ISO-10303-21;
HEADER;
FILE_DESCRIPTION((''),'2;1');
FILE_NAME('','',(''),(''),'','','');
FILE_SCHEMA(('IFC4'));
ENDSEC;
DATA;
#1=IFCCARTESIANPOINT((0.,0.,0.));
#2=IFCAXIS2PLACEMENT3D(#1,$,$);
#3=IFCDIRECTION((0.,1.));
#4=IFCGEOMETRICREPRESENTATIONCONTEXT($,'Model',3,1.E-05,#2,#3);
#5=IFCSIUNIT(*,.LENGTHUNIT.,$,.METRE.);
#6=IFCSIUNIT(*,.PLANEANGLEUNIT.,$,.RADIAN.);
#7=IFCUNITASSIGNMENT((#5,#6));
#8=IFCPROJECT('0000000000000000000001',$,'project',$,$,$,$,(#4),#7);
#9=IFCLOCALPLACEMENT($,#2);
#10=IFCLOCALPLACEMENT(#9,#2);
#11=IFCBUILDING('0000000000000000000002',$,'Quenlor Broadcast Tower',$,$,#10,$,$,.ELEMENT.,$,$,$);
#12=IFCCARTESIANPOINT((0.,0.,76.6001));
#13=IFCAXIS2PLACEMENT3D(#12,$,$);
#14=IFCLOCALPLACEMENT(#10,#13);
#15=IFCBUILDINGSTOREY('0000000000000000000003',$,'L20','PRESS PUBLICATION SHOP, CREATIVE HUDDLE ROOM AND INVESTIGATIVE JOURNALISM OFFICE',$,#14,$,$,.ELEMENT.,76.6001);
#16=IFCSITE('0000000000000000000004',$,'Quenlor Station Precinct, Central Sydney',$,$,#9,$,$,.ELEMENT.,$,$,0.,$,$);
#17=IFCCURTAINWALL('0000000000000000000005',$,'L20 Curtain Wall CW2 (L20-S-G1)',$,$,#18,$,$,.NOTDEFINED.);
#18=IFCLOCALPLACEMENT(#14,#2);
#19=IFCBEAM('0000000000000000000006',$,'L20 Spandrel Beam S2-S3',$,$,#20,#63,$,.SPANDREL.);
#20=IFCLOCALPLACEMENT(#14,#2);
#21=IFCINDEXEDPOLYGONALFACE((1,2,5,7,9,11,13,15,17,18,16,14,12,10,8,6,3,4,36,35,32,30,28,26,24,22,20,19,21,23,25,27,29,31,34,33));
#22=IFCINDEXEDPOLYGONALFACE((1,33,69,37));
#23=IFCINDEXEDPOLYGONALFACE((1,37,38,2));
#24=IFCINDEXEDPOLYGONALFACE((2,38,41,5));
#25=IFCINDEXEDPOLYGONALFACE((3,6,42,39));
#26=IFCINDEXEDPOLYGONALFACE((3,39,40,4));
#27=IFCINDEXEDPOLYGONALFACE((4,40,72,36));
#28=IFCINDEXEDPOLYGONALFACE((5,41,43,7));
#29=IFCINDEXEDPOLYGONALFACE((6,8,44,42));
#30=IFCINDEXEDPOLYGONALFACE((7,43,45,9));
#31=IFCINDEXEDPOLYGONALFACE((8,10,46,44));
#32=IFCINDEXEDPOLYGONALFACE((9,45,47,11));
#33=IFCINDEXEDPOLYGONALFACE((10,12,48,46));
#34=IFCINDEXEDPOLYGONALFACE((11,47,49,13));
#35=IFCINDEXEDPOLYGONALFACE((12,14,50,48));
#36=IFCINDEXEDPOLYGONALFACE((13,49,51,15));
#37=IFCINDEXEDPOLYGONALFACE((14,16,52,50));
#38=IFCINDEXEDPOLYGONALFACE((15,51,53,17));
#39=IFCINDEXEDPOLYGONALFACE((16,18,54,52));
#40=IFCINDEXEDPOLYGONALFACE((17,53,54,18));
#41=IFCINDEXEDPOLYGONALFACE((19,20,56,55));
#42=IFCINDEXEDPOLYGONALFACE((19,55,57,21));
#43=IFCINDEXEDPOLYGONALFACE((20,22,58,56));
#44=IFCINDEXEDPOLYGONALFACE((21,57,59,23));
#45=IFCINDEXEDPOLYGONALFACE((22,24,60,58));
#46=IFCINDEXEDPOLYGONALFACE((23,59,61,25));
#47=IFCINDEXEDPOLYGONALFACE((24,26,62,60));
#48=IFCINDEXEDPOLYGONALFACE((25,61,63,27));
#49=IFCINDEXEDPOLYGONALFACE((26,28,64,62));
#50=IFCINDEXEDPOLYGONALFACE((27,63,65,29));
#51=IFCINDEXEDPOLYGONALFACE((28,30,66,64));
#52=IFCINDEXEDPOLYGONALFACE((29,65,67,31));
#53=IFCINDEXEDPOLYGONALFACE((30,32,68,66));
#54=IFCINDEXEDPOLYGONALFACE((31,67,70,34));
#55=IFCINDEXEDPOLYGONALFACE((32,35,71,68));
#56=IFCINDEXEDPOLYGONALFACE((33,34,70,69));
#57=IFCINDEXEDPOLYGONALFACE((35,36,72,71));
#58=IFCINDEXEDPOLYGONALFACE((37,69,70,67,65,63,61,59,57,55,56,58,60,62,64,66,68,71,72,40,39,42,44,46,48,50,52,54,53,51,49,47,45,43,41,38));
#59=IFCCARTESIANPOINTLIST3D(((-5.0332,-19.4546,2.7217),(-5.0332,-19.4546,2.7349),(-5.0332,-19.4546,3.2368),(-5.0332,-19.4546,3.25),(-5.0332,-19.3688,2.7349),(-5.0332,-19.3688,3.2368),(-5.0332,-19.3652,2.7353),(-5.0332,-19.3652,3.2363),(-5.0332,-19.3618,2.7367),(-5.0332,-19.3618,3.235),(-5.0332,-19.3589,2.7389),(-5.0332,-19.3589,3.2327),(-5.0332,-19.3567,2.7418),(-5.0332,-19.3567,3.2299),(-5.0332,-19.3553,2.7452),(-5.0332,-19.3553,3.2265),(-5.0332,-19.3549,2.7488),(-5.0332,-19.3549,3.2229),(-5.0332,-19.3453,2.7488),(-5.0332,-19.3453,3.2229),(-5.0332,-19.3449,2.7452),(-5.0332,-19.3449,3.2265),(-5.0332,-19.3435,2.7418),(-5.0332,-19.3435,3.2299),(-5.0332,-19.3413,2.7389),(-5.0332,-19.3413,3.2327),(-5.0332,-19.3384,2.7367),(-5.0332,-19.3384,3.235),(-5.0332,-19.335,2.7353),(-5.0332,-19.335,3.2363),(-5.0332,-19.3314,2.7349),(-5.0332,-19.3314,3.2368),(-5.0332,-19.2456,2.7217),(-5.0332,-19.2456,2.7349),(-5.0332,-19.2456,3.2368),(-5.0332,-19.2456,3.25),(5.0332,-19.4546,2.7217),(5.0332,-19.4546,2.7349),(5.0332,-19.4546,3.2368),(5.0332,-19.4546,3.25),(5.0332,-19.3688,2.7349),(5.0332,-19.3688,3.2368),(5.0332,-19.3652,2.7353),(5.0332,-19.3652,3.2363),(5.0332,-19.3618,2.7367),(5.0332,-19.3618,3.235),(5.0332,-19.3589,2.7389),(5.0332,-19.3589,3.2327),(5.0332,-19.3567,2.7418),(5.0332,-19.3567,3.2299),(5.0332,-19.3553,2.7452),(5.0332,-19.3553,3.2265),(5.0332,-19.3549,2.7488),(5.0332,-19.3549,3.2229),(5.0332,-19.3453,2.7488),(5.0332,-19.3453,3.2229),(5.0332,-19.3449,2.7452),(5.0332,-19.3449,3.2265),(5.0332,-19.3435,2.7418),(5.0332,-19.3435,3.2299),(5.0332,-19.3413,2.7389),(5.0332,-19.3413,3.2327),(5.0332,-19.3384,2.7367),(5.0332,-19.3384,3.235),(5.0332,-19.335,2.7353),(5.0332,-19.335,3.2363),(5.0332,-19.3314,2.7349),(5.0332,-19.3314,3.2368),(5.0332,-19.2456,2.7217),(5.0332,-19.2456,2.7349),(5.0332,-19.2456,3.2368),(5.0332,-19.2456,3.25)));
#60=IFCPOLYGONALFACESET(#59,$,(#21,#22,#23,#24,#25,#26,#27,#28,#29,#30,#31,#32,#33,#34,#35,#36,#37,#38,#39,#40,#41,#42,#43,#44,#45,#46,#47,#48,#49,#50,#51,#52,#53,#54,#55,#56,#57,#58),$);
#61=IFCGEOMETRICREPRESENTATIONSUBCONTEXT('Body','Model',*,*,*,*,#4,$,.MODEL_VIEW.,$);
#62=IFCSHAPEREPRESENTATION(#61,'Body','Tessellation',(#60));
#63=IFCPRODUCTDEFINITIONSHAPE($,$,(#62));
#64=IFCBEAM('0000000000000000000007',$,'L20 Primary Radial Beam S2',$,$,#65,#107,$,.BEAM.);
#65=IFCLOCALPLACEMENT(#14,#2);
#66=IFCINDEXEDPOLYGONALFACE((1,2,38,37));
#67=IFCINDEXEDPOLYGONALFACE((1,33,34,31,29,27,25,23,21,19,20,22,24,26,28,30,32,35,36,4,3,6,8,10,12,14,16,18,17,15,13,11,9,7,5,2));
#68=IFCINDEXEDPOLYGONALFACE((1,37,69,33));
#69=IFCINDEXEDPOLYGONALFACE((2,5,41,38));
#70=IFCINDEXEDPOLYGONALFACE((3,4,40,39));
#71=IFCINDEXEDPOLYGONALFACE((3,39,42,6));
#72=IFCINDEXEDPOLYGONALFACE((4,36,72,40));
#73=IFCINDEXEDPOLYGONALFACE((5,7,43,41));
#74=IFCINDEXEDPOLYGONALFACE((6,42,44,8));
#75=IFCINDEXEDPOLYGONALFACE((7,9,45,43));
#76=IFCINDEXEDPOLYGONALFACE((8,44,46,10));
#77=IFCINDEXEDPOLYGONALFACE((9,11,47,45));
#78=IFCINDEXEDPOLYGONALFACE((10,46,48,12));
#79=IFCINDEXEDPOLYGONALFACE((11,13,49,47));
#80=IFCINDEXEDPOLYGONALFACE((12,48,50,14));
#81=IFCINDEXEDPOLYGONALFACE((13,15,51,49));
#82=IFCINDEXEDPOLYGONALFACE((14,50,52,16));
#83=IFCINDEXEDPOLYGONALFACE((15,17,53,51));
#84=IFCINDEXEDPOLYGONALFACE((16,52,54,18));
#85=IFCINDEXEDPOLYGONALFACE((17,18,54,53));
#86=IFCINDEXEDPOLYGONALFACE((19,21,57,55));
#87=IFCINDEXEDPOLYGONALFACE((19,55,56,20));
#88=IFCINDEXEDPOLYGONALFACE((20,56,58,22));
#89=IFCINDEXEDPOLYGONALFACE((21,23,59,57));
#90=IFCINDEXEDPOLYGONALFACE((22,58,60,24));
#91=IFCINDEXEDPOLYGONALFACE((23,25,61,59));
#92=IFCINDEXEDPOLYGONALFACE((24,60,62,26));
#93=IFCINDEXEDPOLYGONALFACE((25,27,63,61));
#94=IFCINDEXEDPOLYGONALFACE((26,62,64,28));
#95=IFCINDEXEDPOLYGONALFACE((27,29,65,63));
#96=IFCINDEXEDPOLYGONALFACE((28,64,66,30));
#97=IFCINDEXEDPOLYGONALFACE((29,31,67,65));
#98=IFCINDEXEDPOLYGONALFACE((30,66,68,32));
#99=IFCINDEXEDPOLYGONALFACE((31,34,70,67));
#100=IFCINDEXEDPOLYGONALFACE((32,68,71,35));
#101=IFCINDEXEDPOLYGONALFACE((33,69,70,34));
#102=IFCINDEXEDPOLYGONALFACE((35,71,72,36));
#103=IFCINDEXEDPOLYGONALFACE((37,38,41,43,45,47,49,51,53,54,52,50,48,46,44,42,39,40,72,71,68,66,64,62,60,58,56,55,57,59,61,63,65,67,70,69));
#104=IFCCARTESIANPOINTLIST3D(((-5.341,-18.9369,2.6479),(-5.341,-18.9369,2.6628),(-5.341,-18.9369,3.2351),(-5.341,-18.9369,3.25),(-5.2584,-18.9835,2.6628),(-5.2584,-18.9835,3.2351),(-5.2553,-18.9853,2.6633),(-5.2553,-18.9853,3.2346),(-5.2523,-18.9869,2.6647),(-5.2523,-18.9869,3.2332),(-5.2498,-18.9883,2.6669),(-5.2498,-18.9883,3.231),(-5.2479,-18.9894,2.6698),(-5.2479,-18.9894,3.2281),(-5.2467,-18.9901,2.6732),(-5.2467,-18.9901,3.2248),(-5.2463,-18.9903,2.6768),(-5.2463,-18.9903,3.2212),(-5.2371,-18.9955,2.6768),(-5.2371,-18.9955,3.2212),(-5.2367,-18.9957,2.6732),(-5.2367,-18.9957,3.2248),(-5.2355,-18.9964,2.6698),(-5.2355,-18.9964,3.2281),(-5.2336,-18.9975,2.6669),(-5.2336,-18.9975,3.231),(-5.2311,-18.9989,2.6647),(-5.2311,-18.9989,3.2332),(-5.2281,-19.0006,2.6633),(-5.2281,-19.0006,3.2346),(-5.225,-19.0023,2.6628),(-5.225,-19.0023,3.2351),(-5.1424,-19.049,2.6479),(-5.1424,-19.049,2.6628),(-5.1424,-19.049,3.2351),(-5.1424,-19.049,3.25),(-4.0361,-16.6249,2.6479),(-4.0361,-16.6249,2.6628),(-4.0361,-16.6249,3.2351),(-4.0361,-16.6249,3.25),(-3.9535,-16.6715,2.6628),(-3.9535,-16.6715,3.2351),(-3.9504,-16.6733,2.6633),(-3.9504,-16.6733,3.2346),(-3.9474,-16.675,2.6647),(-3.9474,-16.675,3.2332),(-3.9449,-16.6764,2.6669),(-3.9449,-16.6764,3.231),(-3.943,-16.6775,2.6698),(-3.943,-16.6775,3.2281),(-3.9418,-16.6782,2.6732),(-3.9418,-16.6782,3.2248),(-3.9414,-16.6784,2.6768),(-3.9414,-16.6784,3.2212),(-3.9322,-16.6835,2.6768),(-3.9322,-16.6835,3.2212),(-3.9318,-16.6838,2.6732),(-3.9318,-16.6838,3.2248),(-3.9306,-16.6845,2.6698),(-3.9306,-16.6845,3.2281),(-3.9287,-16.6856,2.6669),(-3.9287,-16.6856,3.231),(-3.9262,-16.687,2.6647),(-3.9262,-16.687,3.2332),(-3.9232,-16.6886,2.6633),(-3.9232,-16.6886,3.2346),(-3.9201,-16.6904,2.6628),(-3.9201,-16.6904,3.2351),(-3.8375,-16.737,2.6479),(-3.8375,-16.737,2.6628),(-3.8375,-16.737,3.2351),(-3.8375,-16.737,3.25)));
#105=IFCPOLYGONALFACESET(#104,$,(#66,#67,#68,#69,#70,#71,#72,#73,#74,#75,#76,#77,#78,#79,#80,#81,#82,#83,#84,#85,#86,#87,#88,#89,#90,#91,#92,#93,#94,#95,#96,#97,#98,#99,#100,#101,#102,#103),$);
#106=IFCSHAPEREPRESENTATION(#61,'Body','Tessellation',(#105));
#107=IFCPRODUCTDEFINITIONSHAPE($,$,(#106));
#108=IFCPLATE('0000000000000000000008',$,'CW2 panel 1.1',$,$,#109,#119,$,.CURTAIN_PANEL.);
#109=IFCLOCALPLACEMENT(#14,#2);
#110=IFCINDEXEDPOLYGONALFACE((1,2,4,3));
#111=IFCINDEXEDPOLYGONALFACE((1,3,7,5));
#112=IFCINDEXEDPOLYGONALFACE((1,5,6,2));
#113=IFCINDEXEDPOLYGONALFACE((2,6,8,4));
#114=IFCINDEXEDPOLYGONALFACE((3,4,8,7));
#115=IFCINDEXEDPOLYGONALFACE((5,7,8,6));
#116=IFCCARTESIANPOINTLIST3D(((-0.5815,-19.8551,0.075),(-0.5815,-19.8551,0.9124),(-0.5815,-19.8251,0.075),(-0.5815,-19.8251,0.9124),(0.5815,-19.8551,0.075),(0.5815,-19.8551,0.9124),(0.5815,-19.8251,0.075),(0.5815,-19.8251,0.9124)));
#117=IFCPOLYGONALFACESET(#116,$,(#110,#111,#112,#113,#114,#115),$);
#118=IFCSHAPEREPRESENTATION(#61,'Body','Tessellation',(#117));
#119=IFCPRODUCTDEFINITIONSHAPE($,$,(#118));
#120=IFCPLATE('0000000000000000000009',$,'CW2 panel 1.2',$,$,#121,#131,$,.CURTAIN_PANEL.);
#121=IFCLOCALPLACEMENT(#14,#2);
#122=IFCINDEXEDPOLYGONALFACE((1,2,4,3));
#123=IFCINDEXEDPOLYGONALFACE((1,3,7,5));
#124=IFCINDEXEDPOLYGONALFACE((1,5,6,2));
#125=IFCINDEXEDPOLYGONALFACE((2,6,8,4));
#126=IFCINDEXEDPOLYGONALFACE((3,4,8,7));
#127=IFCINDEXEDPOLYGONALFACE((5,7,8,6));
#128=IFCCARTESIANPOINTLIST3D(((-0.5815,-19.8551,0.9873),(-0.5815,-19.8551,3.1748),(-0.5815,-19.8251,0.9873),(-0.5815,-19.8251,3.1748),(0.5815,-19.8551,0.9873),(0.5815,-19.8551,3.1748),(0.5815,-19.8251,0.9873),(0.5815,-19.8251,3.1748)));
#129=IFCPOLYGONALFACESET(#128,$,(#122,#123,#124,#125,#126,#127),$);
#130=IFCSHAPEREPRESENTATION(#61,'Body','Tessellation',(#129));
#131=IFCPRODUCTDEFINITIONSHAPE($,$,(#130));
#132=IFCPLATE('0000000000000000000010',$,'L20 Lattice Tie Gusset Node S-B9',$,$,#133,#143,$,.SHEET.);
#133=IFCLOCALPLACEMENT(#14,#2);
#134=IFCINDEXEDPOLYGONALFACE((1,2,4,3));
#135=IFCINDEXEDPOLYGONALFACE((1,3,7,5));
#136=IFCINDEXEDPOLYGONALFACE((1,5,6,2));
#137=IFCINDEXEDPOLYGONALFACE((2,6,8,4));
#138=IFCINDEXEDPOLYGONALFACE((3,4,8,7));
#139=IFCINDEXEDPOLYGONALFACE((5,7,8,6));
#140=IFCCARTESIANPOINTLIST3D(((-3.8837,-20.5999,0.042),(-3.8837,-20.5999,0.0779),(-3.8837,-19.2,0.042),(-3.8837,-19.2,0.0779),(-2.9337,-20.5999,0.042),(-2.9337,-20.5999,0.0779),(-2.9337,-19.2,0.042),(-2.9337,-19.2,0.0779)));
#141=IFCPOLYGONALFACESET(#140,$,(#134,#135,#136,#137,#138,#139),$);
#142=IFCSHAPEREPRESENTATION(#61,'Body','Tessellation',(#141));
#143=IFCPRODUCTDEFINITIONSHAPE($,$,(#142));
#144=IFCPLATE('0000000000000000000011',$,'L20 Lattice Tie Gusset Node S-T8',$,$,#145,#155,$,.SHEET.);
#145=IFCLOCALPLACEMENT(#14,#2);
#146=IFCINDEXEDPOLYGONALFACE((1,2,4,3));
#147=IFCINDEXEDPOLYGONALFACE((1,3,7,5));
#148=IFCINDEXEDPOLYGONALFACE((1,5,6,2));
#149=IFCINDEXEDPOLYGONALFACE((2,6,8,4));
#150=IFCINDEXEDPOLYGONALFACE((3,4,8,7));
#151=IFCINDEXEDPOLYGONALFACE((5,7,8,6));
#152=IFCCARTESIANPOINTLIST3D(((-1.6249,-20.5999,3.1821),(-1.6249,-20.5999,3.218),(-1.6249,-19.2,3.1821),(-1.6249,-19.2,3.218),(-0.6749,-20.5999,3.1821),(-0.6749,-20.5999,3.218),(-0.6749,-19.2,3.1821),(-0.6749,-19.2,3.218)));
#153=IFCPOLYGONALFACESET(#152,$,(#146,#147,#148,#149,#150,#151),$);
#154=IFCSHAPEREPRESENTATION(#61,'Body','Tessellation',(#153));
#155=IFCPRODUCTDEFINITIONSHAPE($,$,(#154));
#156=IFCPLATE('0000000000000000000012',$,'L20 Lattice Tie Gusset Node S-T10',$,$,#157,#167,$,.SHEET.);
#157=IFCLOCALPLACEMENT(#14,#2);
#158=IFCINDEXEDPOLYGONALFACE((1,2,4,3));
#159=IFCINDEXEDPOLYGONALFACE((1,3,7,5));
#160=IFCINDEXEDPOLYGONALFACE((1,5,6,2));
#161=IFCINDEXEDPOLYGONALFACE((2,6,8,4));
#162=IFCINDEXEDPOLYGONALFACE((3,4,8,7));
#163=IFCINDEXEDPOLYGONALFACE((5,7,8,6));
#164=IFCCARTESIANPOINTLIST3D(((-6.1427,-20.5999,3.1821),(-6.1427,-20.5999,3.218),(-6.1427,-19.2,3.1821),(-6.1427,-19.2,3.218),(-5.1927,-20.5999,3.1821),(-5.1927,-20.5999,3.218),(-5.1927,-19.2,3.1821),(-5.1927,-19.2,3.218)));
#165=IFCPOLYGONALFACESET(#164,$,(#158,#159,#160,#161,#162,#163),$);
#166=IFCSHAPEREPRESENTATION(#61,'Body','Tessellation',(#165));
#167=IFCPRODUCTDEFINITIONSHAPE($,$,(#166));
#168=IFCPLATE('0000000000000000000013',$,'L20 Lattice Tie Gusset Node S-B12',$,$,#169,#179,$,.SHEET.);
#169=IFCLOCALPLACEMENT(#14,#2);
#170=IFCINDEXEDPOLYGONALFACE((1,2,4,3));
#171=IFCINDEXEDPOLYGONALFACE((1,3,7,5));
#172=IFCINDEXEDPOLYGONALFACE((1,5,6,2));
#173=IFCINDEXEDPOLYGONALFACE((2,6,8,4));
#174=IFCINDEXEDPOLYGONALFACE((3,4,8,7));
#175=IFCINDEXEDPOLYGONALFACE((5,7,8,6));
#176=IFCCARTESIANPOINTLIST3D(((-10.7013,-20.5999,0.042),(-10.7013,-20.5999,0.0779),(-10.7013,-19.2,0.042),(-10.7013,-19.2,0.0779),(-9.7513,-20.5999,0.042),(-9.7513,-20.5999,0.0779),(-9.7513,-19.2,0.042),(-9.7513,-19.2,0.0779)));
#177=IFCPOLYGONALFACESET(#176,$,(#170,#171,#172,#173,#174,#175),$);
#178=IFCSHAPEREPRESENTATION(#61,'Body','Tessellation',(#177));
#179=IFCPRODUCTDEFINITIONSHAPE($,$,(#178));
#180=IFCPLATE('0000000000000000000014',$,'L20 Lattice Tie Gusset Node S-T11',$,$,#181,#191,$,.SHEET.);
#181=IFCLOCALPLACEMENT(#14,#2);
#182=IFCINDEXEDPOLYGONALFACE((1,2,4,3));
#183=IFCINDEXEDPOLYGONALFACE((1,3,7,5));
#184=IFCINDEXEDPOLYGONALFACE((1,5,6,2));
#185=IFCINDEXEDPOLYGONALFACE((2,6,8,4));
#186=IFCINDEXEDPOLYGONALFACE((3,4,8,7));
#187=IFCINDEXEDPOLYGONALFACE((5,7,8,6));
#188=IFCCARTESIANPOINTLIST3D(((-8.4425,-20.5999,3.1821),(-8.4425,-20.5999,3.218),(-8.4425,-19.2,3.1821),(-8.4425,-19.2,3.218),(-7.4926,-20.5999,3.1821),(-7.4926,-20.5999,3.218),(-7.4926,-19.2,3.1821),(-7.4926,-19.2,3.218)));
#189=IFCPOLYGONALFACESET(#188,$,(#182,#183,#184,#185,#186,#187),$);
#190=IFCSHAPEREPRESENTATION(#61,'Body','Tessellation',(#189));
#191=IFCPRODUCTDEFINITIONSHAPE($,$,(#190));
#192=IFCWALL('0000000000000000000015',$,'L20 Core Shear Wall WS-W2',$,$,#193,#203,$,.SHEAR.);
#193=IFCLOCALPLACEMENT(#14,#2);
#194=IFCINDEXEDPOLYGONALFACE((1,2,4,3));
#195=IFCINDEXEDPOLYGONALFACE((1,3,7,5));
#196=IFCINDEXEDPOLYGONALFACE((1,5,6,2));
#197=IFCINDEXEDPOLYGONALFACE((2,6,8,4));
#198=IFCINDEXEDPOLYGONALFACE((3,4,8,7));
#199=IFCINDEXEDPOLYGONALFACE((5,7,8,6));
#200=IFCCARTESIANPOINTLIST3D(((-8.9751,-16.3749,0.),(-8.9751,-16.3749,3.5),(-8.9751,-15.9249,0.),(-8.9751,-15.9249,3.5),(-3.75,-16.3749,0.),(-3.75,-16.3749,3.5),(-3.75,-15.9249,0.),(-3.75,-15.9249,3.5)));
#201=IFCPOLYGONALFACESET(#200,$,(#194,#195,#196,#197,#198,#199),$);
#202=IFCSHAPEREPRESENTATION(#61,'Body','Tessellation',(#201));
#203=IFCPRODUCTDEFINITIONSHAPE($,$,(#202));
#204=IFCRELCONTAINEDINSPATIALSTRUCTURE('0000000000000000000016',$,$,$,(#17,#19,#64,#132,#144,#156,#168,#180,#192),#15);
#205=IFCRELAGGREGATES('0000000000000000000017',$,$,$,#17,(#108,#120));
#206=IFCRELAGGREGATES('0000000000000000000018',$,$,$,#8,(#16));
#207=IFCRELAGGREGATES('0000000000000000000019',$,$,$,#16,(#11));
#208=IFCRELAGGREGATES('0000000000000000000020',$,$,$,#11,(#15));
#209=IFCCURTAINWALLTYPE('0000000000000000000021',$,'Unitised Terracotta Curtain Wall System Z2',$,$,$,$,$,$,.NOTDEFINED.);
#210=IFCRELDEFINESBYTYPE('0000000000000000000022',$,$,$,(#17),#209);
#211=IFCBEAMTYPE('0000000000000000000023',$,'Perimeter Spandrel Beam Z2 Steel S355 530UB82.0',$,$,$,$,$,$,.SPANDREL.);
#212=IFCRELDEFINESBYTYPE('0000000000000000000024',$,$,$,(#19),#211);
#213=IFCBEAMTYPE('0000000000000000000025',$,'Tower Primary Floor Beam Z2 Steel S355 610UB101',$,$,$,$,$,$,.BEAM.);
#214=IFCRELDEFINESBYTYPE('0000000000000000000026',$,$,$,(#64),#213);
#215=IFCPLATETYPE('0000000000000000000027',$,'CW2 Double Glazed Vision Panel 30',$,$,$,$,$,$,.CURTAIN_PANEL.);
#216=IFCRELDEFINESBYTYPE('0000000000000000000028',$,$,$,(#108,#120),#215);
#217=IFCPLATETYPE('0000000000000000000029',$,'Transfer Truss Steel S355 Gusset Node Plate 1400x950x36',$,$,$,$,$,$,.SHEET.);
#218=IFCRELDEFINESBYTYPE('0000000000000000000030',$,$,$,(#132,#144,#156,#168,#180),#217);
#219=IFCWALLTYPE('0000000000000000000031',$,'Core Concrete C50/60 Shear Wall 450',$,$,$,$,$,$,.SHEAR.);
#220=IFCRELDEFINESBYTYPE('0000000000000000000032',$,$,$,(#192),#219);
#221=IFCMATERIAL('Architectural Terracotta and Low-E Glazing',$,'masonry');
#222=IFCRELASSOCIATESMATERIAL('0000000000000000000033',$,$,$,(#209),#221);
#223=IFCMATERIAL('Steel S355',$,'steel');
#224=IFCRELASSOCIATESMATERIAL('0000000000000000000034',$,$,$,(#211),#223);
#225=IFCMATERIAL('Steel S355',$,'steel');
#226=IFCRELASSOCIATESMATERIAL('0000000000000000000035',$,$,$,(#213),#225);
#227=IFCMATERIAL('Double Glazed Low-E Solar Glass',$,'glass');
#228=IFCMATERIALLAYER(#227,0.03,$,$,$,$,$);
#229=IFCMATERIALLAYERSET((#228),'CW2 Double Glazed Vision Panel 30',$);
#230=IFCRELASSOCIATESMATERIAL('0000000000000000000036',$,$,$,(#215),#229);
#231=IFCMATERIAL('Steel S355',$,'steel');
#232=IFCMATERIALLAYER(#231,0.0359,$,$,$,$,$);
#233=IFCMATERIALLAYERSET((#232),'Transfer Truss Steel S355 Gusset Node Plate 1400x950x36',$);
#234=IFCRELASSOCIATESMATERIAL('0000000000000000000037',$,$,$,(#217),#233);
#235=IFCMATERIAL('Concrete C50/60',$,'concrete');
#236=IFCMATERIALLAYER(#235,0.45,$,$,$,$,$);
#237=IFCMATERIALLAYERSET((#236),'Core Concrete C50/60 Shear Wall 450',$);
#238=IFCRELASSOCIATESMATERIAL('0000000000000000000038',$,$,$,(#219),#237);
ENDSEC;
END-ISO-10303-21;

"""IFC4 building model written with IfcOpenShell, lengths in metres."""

from ifc_helpers import new_model, si_unit, direction, frame, frame_2d, origin, origin_2d, place, context, subcontext, project, spatial, rectangle, i_section, extrude, material, layer, layer_set, material_profile, profile_set, type_object, element, aggregate, save


model = new_model("IFC4")

# Units and contexts
model_context = context("Model", 3, precision=1e-05, world=origin(), true_north=direction((0.0, 1.0)))
body_context = subcontext(model_context, "Body", "Model", "MODEL_VIEW")
ifc_project = project(units=[si_unit("LENGTHUNIT", "METRE"), si_unit("PLANEANGLEUNIT", "RADIAN")], contexts=[model_context])

# Site, building, storey
site_placement = place(None, origin())
site = spatial("IfcSite", under=ifc_project, at=site_placement, Name="Quenlor Station Precinct, Central Sydney", CompositionType="ELEMENT", RefElevation=0.0)
building_placement = place(site_placement, origin())
building = spatial("IfcBuilding", under=site, at=building_placement, Name="Quenlor Broadcast Tower", CompositionType="ELEMENT")
storey_placement = place(building_placement, frame((0.0, 0.0, 76.6001)))
storey = spatial("IfcBuildingStorey", under=building, at=storey_placement, Name="L20", Description="PRESS PUBLICATION SHOP, CREATIVE HUDDLE ROOM AND INVESTIGATIVE JOURNALISM OFFICE", CompositionType="ELEMENT", Elevation=76.6001)

# Curtain wall
ifc_material_1 = material(Name="Architectural Terracotta and Low-E Glazing", Category="masonry")
curtain_wall_type = type_object("IfcCurtainWallType", Name="Unitised Terracotta Curtain Wall System Z2", PredefinedType="NOTDEFINED", material=ifc_material_1)
curtain_wall_placement = place(storey_placement, origin())
curtain_wall = element("IfcCurtainWall", 1, at=curtain_wall_placement, inside=storey, type_object=curtain_wall_type, Name="L20 Curtain Wall CW2 (L20-S-G1)", PredefinedType="NOTDEFINED")

# Beams
ifc_material_2 = material(Name="Steel S355", Category="steel")
ifc_material_profile_1 = material_profile(ifc_material_2, i_section(OverallWidth=0.209, OverallDepth=0.5283, WebThickness=0.0095, FlangeThickness=0.0132, FilletRadius=0.0139, at=origin_2d()))
ifc_profile_set_1 = profile_set([ifc_material_profile_1], Name="Steel S355 530UB82.0")
beam_type_1 = type_object("IfcBeamType", Name="Perimeter Spandrel Beam Z2 Steel S355 530UB82.0", PredefinedType="SPANDREL", material=ifc_profile_set_1)
beam_1_placement = place(storey_placement, frame((-5.0332, -19.3501, 2.9858), z_axis=(1.0, 0.0, 0.0), x_axis=(0.0, 1.0, 0.0)))
element("IfcBeam", 2, at=beam_1_placement, inside=storey, type_object=beam_type_1, Name="L20 Spandrel Beam S2-S3", PredefinedType="SPANDREL", context=body_context, shape_type="SweptSolid", body=[
    extrude(i_section(OverallWidth=0.209, OverallDepth=0.5283, WebThickness=0.0095, FlangeThickness=0.0132, FilletRadius=0.0139, at=origin_2d()), origin(), (0.0, 0.0, 1.0), 10.0664),
])
ifc_material_3 = material(Name="Steel S355", Category="steel")
ifc_material_profile_2 = material_profile(ifc_material_3, i_section(OverallWidth=0.228, OverallDepth=0.6021, WebThickness=0.0105, FlangeThickness=0.0149, FilletRadius=0.0139, at=origin_2d()))
ifc_profile_set_2 = profile_set([ifc_material_profile_2], Name="Steel S355 610UB101")
beam_type_2 = type_object("IfcBeamType", Name="Tower Primary Floor Beam Z2 Steel S355 610UB101", PredefinedType="BEAM", material=ifc_profile_set_2)
beam_2_placement = place(storey_placement, frame((-5.2417, -18.9929, 2.949), z_axis=(0.491527, 0.870862, 0.0), x_axis=(-0.870862, 0.491527, 0.0)))
element("IfcBeam", 3, at=beam_2_placement, inside=storey, type_object=beam_type_2, Name="L20 Primary Radial Beam S2", PredefinedType="BEAM", context=body_context, shape_type="SweptSolid", body=[
    extrude(i_section(OverallWidth=0.228, OverallDepth=0.6021, WebThickness=0.0105, FlangeThickness=0.0149, FilletRadius=0.0139, at=origin_2d()), origin(), (0.0, 0.0, 1.0), 2.6548),
])

# Plates
ifc_material_4 = material(Name="Double Glazed Low-E Solar Glass", Category="glass")
ifc_layer_1 = layer(ifc_material_4, 0.03)
ifc_layer_set_1 = layer_set([ifc_layer_1], Name="CW2 Double Glazed Vision Panel 30")
plate_type_1 = type_object("IfcPlateType", Name="CW2 Double Glazed Vision Panel 30", PredefinedType="CURTAIN_PANEL", material=ifc_layer_set_1)
plate_1_placement = place(storey_placement, frame((0.0, -19.8401, 0.075), z_axis=(0.0, 0.0, 1.0), x_axis=(-1.0, 0.0, 0.0)))
plate_1 = element("IfcPlate", 4, at=plate_1_placement, type_object=plate_type_1, Name="CW2 panel 1.1", PredefinedType="CURTAIN_PANEL", context=body_context, shape_type="SweptSolid", body=[
    extrude(rectangle(XDim=1.1631, YDim=0.03, at=origin_2d()), origin(), (0.0, 0.0, 1.0), 0.8374),
])
plate_2_placement = place(storey_placement, frame((0.0, -19.8401, 0.9873), z_axis=(0.0, 0.0, 1.0), x_axis=(-1.0, 0.0, 0.0)))
plate_2 = element("IfcPlate", 5, at=plate_2_placement, type_object=plate_type_1, Name="CW2 panel 1.2", PredefinedType="CURTAIN_PANEL", context=body_context, shape_type="SweptSolid", body=[
    extrude(rectangle(XDim=1.1631, YDim=0.03, at=origin_2d()), origin(), (0.0, 0.0, 1.0), 2.1875),
])
aggregate(curtain_wall, [plate_1, plate_2])

# Plates
ifc_material_5 = material(Name="Steel S355", Category="steel")
ifc_layer_2 = layer(ifc_material_5, 0.0359)
ifc_layer_set_2 = layer_set([ifc_layer_2], Name="Transfer Truss Steel S355 Gusset Node Plate 1400x950x36")
plate_type_2 = type_object("IfcPlateType", Name="Transfer Truss Steel S355 Gusset Node Plate 1400x950x36", PredefinedType="SHEET", material=ifc_layer_set_2)
for number, where, z_axis, x_axis, name in (
    (6, (-3.4087, -19.8999, 0.042), (0.0, 0.0, 1.0), (0.0, -1.0, 0.0), "L20 Lattice Tie Gusset Node S-B9"),
    (7, (-1.1499, -19.8999, 3.1821), (0.0, 0.0, 1.0), (0.0, -1.0, 0.0), "L20 Lattice Tie Gusset Node S-T8"),
    (8, (-5.6677, -19.8999, 3.1821), (0.0, 0.0, 1.0), (0.0, -1.0, 0.0), "L20 Lattice Tie Gusset Node S-T10"),
    (9, (-10.2263, -19.8999, 0.042), (0.0, 0.0, 1.0), (0.0, -1.0, 0.0), "L20 Lattice Tie Gusset Node S-B12"),
    (10, (-7.9675, -19.8999, 3.1821), (0.0, 0.0, 1.0), (0.0, -1.0, 0.0), "L20 Lattice Tie Gusset Node S-T11"),
):
    element("IfcPlate", number, at=place(storey_placement, frame(where, z_axis=z_axis, x_axis=x_axis)), inside=storey, type_object=plate_type_2, Name=name, PredefinedType="SHEET", context=body_context, shape_type="SweptSolid", body=[
        extrude(rectangle(XDim=1.3999, YDim=0.95, at=origin_2d()), origin(), (0.0, 0.0, 1.0), 0.0359),
    ])

# Wall
ifc_material_6 = material(Name="Concrete C50/60", Category="concrete")
ifc_layer_3 = layer(ifc_material_6, 0.45)
ifc_layer_set_3 = layer_set([ifc_layer_3], Name="Core Concrete C50/60 Shear Wall 450")
wall_type_1 = type_object("IfcWallType", Name="Core Concrete C50/60 Shear Wall 450", PredefinedType="SHEAR", material=ifc_layer_set_3)
wall_1_placement = place(storey_placement, frame((-8.9751, -16.1499, 0.0), z_axis=(0.0, 0.0, 1.0), x_axis=(1.0, 0.0, 0.0)))
element("IfcWall", 11, at=wall_1_placement, inside=storey, type_object=wall_type_1, Name="L20 Core Shear Wall WS-W2", PredefinedType="SHEAR", context=body_context, shape_type="SweptSolid", body=[
    extrude(rectangle(XDim=5.2251, YDim=0.45, at=frame_2d((2.6125, 0.0))), origin(), (0.0, 0.0, 1.0), 3.5),
])

save(model, "model.ifc")
